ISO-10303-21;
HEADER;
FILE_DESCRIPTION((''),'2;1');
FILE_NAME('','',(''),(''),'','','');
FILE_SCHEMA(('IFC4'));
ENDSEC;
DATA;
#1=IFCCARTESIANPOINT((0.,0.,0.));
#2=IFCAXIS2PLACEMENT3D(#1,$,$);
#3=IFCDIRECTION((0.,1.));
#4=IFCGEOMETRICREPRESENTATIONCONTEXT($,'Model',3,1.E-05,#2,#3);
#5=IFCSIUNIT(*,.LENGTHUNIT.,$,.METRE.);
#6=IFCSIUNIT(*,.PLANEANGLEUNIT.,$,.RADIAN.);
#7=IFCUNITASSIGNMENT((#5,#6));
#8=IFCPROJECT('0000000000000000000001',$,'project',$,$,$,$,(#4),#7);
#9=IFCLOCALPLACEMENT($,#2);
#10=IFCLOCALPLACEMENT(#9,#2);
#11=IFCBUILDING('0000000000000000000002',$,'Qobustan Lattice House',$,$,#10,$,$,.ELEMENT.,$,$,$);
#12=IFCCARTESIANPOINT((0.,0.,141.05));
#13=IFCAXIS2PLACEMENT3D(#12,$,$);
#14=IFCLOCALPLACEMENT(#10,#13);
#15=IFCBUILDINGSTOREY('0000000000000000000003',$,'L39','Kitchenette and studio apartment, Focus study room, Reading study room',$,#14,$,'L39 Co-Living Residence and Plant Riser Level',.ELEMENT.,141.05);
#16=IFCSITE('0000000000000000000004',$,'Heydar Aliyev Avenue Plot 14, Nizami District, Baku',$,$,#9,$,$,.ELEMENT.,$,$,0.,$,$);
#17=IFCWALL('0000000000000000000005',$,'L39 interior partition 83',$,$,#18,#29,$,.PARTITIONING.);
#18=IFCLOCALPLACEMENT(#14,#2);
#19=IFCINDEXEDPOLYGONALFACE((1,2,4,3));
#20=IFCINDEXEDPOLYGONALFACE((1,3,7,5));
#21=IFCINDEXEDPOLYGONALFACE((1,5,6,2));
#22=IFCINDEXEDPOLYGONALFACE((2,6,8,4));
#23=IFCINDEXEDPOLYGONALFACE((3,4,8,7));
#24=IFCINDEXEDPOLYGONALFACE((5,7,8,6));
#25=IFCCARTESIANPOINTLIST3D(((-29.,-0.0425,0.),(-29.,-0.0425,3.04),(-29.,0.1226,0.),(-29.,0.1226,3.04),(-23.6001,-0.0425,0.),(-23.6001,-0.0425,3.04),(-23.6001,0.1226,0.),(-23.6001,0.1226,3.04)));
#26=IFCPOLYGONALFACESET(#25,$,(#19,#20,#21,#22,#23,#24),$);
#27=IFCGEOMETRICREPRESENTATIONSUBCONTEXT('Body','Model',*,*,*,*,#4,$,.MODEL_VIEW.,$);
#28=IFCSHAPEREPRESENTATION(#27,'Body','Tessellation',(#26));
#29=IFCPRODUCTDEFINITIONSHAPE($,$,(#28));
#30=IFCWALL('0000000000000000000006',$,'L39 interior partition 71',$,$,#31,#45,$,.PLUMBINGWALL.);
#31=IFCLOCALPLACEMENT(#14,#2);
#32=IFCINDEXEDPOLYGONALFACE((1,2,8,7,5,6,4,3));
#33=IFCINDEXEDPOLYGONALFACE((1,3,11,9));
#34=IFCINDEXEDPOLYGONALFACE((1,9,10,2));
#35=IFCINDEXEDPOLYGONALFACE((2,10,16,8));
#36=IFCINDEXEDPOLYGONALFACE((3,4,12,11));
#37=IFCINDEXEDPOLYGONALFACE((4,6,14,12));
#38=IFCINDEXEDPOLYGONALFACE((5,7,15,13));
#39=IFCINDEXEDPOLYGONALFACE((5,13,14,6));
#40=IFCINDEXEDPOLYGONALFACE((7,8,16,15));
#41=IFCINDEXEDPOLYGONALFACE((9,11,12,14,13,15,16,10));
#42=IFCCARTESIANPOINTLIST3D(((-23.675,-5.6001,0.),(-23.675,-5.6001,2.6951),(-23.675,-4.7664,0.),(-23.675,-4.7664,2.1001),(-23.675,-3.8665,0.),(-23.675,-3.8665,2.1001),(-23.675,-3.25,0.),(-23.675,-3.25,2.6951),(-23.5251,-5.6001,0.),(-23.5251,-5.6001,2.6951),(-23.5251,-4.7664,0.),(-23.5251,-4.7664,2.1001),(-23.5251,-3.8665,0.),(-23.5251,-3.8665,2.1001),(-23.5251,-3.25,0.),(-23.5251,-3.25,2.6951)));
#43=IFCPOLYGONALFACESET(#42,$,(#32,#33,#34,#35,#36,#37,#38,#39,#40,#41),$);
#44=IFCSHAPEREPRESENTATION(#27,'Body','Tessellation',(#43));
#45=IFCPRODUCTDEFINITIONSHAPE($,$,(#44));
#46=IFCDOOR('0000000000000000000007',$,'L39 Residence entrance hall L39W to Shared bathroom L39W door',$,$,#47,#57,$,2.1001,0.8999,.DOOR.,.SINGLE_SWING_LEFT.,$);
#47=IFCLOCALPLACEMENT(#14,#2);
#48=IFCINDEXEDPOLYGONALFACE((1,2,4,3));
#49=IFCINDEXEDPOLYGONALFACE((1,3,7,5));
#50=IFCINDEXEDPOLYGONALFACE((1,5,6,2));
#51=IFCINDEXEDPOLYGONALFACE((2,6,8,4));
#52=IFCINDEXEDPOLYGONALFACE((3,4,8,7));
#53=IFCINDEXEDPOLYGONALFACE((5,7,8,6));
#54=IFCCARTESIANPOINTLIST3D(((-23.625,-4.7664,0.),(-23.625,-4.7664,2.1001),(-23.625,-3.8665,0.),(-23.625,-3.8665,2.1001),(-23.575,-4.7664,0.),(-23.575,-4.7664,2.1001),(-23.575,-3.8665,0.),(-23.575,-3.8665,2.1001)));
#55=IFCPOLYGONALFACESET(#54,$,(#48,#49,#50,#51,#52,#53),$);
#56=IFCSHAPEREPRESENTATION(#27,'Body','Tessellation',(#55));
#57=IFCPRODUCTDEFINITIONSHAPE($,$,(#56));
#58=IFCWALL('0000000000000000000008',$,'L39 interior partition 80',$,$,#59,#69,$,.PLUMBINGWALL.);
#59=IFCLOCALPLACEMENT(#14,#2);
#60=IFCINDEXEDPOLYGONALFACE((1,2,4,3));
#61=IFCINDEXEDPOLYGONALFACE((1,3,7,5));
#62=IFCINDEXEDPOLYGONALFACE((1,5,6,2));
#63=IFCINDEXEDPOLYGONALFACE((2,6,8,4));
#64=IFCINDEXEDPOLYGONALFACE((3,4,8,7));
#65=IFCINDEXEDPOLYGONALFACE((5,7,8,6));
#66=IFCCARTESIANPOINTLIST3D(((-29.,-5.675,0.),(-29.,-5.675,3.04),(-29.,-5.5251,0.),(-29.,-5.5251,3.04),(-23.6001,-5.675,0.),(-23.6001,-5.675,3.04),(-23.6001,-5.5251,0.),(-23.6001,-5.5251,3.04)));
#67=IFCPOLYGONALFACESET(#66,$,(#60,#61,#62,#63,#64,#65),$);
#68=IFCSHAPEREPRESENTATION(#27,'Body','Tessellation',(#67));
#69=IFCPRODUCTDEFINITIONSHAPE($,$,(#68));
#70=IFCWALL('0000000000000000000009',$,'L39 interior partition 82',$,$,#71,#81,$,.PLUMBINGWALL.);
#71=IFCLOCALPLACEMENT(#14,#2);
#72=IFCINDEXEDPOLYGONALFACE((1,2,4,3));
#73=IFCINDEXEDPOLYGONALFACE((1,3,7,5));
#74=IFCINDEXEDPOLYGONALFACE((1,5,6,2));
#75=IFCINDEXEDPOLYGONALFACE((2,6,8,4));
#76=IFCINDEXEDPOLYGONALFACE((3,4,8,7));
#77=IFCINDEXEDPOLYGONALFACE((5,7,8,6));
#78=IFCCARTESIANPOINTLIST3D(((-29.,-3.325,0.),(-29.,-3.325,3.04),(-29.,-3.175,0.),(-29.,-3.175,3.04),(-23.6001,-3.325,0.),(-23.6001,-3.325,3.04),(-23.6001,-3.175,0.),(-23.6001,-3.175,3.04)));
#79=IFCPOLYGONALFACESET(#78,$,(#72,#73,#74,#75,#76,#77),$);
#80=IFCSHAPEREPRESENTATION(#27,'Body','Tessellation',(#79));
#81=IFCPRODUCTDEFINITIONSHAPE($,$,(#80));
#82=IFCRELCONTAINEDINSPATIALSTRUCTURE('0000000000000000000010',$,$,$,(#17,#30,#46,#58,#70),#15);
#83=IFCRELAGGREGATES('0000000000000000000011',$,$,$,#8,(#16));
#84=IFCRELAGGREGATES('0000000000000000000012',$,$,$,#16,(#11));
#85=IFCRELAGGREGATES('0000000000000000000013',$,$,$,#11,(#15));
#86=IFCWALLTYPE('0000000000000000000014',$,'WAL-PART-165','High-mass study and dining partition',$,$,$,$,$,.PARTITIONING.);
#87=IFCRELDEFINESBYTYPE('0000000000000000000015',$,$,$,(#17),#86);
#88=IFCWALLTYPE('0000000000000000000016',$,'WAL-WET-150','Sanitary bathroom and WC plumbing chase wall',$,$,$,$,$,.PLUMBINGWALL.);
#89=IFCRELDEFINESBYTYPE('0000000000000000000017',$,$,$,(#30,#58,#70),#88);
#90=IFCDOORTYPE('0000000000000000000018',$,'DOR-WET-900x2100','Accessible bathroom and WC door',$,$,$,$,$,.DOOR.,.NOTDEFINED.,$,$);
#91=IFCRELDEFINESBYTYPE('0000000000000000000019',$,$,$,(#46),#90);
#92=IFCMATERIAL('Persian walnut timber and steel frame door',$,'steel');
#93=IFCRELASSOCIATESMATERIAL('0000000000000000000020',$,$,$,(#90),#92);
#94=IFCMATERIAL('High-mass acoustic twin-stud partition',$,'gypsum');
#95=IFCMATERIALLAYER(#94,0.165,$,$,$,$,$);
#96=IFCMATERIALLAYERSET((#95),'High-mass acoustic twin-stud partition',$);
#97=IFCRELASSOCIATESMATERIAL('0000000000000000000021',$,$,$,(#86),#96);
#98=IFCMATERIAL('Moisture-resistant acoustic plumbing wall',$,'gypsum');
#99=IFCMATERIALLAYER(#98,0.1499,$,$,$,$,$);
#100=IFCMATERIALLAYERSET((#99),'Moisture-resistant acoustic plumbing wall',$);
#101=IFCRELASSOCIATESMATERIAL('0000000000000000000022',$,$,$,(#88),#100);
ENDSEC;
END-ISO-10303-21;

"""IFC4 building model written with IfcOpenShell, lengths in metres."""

from ifc_helpers import new_model, si_unit, direction, frame, frame_2d, origin, place, context, subcontext, project, spatial, rectangle, extrude, material, layer, layer_set, type_object, element, fill, save


model = new_model("IFC4")

# Units and contexts
model_context = context("Model", 3, precision=1e-05, world=origin(), true_north=direction((0.0, 1.0)))
body_context = subcontext(model_context, "Body", "Model", "MODEL_VIEW")
ifc_project = project(units=[si_unit("LENGTHUNIT", "METRE"), si_unit("PLANEANGLEUNIT", "RADIAN")], contexts=[model_context])

# Site, building, storey
site_placement = place(None, origin())
site = spatial("IfcSite", under=ifc_project, at=site_placement, Name="Heydar Aliyev Avenue Plot 14, Nizami District, Baku", CompositionType="ELEMENT", RefElevation=0.0)
building_placement = place(site_placement, origin())
building = spatial("IfcBuilding", under=site, at=building_placement, Name="Qobustan Lattice House", CompositionType="ELEMENT")
storey_placement = place(building_placement, frame((0.0, 0.0, 141.05)))
storey = spatial("IfcBuildingStorey", under=building, at=storey_placement, Name="L39", Description="Kitchenette and studio apartment, Focus study room, Reading study room", LongName="L39 Co-Living Residence and Plant Riser Level", CompositionType="ELEMENT", Elevation=141.05)

# Shared definitions
ifc_material_1 = material(Name="Persian walnut timber and steel frame door", Category="steel")
door_type_1 = type_object("IfcDoorType", Name="DOR-WET-900x2100", Description="Accessible bathroom and WC door", OperationType="NOTDEFINED", PredefinedType="DOOR", material=ifc_material_1)

# Shared definitions
ifc_material_2 = material(Name="High-mass acoustic twin-stud partition", Category="gypsum")
ifc_layer_1 = layer(ifc_material_2, 0.165)
ifc_layer_set_1 = layer_set([ifc_layer_1], Name="High-mass acoustic twin-stud partition")
wall_type_1 = type_object("IfcWallType", Name="WAL-PART-165", Description="High-mass study and dining partition", PredefinedType="PARTITIONING", material=ifc_layer_set_1)

# Wall
wall_1_placement = place(storey_placement, frame((-29.0, 0.04, 0.0), z_axis=(0.0, 0.0, 1.0), x_axis=(1.0, 0.0, 0.0)))
element("IfcWall", 1, at=wall_1_placement, inside=storey, type_object=wall_type_1, Name="L39 interior partition 83", PredefinedType="PARTITIONING", context=body_context, shape_type="SweptSolid", body=[
    extrude(rectangle(XDim=5.3999, YDim=0.165, at=frame_2d((2.7, 0.0))), origin(), (0.0, 0.0, 1.0), 3.04),
])

# Wall, opening, door
ifc_material_3 = material(Name="Moisture-resistant acoustic plumbing wall", Category="gypsum")
ifc_layer_2 = layer(ifc_material_3, 0.1499)
ifc_layer_set_2 = layer_set([ifc_layer_2], Name="Moisture-resistant acoustic plumbing wall")
wall_type_2 = type_object("IfcWallType", Name="WAL-WET-150", Description="Sanitary bathroom and WC plumbing chase wall", PredefinedType="PLUMBINGWALL", material=ifc_layer_set_2)
wall_2_placement = place(storey_placement, frame((-23.6001, -5.6001, 0.0), z_axis=(0.0, 0.0, 1.0), x_axis=(0.0, 1.0, 0.0)))
wall_2 = element("IfcWall", 2, at=wall_2_placement, inside=storey, type_object=wall_type_2, Name="L39 interior partition 71", PredefinedType="PLUMBINGWALL", context=body_context, shape_type="SweptSolid", body=[
    extrude(rectangle(XDim=2.3501, YDim=0.1499, at=frame_2d((1.175, 0.0))), origin(), (0.0, 0.0, 1.0), 2.6951),
])
opening_1_placement = place(wall_2_placement, frame((0.8337, 0.0, 0.0)))
opening_1 = element("IfcOpeningElement", 3, at=opening_1_placement, cuts=wall_2, PredefinedType="OPENING", context=body_context, shape_type="SweptSolid", body=[
    extrude(rectangle(XDim=0.8999, YDim=2.1001, at=frame_2d((0.45, 1.05))), frame((0.0, 0.085, 0.0), z_axis=(0.0, -1.0, 0.0), x_axis=(1.0, 0.0, 0.0)), (0.0, 0.0, 1.0), 0.1699),
])
door_1_placement = place(opening_1_placement, origin())
door_1 = element("IfcDoor", 4, at=door_1_placement, inside=storey, type_object=door_type_1, Name="L39 Residence entrance hall L39W to Shared bathroom L39W door", OperationType="SINGLE_SWING_LEFT", OverallHeight=2.1001, OverallWidth=0.8999, PredefinedType="DOOR", context=body_context, shape_type="SweptSolid", body=[
    extrude(rectangle(XDim=0.8999, YDim=2.1001, at=frame_2d((0.45, 1.05))), frame((0.0, 0.0249, 0.0), z_axis=(0.0, -1.0, 0.0), x_axis=(1.0, 0.0, 0.0)), (0.0, 0.0, 1.0), 0.05),
])
fill(opening_1, door_1)

# Walls
for number, where, z_axis, x_axis, name in (
    (5, (-29.0, -5.6001, 0.0), (0.0, 0.0, 1.0), (1.0, 0.0, 0.0), "L39 interior partition 80"),
    (6, (-29.0, -3.25, 0.0), (0.0, 0.0, 1.0), (1.0, 0.0, 0.0), "L39 interior partition 82"),
):
    element("IfcWall", number, at=place(storey_placement, frame(where, z_axis=z_axis, x_axis=x_axis)), inside=storey, type_object=wall_type_2, Name=name, PredefinedType="PLUMBINGWALL", context=body_context, shape_type="SweptSolid", body=[
        extrude(rectangle(XDim=5.3999, YDim=0.1499, at=frame_2d((2.7, 0.0))), origin(), (0.0, 0.0, 1.0), 3.04),
    ])

save(model, "model.ifc")
